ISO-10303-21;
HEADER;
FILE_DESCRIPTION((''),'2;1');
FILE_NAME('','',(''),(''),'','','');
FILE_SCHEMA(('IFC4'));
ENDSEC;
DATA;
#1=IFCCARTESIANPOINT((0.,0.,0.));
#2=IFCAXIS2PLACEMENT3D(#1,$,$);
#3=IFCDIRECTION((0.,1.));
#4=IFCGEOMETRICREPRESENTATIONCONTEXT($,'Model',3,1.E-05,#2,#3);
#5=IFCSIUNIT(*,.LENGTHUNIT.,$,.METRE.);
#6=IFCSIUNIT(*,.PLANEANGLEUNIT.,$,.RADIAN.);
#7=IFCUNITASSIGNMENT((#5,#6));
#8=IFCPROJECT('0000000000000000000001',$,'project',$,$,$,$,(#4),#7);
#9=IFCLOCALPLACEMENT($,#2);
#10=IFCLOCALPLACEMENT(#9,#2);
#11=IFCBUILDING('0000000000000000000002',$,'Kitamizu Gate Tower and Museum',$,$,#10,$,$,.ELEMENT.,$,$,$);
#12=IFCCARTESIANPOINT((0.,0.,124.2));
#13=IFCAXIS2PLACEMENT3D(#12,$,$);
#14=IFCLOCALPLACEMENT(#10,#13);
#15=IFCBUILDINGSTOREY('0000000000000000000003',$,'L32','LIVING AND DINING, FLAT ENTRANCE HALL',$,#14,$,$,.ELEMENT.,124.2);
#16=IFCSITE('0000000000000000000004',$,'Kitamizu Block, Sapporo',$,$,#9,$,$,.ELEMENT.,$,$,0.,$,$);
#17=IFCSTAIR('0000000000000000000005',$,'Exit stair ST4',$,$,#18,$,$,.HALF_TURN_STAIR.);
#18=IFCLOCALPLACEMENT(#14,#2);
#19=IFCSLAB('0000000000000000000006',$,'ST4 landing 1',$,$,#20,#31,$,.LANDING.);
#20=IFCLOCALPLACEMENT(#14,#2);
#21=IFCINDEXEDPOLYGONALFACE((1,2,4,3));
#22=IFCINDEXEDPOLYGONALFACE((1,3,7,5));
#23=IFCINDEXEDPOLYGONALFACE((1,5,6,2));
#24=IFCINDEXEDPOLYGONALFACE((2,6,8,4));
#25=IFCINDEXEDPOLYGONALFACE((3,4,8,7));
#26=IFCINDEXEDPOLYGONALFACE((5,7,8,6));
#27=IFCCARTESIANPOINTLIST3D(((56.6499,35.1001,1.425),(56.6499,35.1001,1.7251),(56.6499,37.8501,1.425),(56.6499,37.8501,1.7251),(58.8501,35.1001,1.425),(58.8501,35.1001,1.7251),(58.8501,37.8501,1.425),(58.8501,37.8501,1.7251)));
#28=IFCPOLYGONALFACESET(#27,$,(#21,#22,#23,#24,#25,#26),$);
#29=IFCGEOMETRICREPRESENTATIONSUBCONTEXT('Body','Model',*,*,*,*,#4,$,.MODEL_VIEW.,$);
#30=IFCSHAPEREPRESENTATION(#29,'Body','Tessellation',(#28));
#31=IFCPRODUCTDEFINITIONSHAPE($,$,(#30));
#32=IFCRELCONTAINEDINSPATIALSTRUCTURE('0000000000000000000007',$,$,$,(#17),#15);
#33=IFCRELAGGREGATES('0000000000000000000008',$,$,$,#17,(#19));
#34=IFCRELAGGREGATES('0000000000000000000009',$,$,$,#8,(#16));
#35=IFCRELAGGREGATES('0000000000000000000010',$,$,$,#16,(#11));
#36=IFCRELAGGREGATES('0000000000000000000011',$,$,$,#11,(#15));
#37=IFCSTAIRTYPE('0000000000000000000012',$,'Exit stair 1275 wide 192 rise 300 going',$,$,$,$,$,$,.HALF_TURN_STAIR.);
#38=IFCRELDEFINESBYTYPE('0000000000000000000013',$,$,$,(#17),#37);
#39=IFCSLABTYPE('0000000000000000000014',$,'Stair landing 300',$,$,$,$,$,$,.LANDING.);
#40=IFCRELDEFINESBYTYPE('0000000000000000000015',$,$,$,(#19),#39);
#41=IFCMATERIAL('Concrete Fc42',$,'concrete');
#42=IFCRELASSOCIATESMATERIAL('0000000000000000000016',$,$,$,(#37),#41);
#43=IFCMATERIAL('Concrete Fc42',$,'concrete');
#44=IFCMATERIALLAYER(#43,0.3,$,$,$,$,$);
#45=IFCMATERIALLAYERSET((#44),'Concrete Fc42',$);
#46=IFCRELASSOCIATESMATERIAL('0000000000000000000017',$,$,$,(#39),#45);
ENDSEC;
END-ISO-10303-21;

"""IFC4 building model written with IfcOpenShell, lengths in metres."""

from ifc_helpers import new_model, si_unit, direction, frame, origin, place, context, subcontext, project, spatial, polyline, outline, extrude, material, layer, layer_set, type_object, element, aggregate, save


model = new_model("IFC4")

# Units and contexts
model_context = context("Model", 3, precision=1e-05, world=origin(), true_north=direction((0.0, 1.0)))
body_context = subcontext(model_context, "Body", "Model", "MODEL_VIEW")
ifc_project = project(units=[si_unit("LENGTHUNIT", "METRE"), si_unit("PLANEANGLEUNIT", "RADIAN")], contexts=[model_context])

# Site, building, storey
site_placement = place(None, origin())
site = spatial("IfcSite", under=ifc_project, at=site_placement, Name="Kitamizu Block, Sapporo", CompositionType="ELEMENT", RefElevation=0.0)
building_placement = place(site_placement, origin())
building = spatial("IfcBuilding", under=site, at=building_placement, Name="Kitamizu Gate Tower and Museum", CompositionType="ELEMENT")
storey_placement = place(building_placement, frame((0.0, 0.0, 124.2)))
storey = spatial("IfcBuildingStorey", under=building, at=storey_placement, Name="L32", Description="LIVING AND DINING, FLAT ENTRANCE HALL", CompositionType="ELEMENT", Elevation=124.2)

# Stair, slab
ifc_material_1 = material(Name="Concrete Fc42", Category="concrete")
stair_type = type_object("IfcStairType", Name="Exit stair 1275 wide 192 rise 300 going", PredefinedType="HALF_TURN_STAIR", material=ifc_material_1)
ifc_material_2 = material(Name="Concrete Fc42", Category="concrete")
ifc_layer_1 = layer(ifc_material_2, 0.3)
ifc_layer_set_1 = layer_set([ifc_layer_1], Name="Concrete Fc42")
slab_type_1 = type_object("IfcSlabType", Name="Stair landing 300", PredefinedType="LANDING", material=ifc_layer_set_1)
stair_1_placement = place(storey_placement, origin())
stair_1 = element("IfcStair", 1, at=stair_1_placement, inside=storey, type_object=stair_type, Name="Exit stair ST4", PredefinedType="HALF_TURN_STAIR")
slab_1_placement = place(storey_placement, frame((0.0, 0.0, 1.425)))
slab_1 = element("IfcSlab", 2, at=slab_1_placement, type_object=slab_type_1, Name="ST4 landing 1", PredefinedType="LANDING", context=body_context, shape_type="SweptSolid", body=[
    extrude(outline(polyline([(56.6499, 35.1001), (58.8501, 35.1001), (58.8501, 37.8501), (56.6499, 37.8501), (56.6499, 35.1001)])), origin(), (0.0, 0.0, 1.0), 0.3),
])
aggregate(stair_1, [slab_1])

save(model, "model.ifc")
